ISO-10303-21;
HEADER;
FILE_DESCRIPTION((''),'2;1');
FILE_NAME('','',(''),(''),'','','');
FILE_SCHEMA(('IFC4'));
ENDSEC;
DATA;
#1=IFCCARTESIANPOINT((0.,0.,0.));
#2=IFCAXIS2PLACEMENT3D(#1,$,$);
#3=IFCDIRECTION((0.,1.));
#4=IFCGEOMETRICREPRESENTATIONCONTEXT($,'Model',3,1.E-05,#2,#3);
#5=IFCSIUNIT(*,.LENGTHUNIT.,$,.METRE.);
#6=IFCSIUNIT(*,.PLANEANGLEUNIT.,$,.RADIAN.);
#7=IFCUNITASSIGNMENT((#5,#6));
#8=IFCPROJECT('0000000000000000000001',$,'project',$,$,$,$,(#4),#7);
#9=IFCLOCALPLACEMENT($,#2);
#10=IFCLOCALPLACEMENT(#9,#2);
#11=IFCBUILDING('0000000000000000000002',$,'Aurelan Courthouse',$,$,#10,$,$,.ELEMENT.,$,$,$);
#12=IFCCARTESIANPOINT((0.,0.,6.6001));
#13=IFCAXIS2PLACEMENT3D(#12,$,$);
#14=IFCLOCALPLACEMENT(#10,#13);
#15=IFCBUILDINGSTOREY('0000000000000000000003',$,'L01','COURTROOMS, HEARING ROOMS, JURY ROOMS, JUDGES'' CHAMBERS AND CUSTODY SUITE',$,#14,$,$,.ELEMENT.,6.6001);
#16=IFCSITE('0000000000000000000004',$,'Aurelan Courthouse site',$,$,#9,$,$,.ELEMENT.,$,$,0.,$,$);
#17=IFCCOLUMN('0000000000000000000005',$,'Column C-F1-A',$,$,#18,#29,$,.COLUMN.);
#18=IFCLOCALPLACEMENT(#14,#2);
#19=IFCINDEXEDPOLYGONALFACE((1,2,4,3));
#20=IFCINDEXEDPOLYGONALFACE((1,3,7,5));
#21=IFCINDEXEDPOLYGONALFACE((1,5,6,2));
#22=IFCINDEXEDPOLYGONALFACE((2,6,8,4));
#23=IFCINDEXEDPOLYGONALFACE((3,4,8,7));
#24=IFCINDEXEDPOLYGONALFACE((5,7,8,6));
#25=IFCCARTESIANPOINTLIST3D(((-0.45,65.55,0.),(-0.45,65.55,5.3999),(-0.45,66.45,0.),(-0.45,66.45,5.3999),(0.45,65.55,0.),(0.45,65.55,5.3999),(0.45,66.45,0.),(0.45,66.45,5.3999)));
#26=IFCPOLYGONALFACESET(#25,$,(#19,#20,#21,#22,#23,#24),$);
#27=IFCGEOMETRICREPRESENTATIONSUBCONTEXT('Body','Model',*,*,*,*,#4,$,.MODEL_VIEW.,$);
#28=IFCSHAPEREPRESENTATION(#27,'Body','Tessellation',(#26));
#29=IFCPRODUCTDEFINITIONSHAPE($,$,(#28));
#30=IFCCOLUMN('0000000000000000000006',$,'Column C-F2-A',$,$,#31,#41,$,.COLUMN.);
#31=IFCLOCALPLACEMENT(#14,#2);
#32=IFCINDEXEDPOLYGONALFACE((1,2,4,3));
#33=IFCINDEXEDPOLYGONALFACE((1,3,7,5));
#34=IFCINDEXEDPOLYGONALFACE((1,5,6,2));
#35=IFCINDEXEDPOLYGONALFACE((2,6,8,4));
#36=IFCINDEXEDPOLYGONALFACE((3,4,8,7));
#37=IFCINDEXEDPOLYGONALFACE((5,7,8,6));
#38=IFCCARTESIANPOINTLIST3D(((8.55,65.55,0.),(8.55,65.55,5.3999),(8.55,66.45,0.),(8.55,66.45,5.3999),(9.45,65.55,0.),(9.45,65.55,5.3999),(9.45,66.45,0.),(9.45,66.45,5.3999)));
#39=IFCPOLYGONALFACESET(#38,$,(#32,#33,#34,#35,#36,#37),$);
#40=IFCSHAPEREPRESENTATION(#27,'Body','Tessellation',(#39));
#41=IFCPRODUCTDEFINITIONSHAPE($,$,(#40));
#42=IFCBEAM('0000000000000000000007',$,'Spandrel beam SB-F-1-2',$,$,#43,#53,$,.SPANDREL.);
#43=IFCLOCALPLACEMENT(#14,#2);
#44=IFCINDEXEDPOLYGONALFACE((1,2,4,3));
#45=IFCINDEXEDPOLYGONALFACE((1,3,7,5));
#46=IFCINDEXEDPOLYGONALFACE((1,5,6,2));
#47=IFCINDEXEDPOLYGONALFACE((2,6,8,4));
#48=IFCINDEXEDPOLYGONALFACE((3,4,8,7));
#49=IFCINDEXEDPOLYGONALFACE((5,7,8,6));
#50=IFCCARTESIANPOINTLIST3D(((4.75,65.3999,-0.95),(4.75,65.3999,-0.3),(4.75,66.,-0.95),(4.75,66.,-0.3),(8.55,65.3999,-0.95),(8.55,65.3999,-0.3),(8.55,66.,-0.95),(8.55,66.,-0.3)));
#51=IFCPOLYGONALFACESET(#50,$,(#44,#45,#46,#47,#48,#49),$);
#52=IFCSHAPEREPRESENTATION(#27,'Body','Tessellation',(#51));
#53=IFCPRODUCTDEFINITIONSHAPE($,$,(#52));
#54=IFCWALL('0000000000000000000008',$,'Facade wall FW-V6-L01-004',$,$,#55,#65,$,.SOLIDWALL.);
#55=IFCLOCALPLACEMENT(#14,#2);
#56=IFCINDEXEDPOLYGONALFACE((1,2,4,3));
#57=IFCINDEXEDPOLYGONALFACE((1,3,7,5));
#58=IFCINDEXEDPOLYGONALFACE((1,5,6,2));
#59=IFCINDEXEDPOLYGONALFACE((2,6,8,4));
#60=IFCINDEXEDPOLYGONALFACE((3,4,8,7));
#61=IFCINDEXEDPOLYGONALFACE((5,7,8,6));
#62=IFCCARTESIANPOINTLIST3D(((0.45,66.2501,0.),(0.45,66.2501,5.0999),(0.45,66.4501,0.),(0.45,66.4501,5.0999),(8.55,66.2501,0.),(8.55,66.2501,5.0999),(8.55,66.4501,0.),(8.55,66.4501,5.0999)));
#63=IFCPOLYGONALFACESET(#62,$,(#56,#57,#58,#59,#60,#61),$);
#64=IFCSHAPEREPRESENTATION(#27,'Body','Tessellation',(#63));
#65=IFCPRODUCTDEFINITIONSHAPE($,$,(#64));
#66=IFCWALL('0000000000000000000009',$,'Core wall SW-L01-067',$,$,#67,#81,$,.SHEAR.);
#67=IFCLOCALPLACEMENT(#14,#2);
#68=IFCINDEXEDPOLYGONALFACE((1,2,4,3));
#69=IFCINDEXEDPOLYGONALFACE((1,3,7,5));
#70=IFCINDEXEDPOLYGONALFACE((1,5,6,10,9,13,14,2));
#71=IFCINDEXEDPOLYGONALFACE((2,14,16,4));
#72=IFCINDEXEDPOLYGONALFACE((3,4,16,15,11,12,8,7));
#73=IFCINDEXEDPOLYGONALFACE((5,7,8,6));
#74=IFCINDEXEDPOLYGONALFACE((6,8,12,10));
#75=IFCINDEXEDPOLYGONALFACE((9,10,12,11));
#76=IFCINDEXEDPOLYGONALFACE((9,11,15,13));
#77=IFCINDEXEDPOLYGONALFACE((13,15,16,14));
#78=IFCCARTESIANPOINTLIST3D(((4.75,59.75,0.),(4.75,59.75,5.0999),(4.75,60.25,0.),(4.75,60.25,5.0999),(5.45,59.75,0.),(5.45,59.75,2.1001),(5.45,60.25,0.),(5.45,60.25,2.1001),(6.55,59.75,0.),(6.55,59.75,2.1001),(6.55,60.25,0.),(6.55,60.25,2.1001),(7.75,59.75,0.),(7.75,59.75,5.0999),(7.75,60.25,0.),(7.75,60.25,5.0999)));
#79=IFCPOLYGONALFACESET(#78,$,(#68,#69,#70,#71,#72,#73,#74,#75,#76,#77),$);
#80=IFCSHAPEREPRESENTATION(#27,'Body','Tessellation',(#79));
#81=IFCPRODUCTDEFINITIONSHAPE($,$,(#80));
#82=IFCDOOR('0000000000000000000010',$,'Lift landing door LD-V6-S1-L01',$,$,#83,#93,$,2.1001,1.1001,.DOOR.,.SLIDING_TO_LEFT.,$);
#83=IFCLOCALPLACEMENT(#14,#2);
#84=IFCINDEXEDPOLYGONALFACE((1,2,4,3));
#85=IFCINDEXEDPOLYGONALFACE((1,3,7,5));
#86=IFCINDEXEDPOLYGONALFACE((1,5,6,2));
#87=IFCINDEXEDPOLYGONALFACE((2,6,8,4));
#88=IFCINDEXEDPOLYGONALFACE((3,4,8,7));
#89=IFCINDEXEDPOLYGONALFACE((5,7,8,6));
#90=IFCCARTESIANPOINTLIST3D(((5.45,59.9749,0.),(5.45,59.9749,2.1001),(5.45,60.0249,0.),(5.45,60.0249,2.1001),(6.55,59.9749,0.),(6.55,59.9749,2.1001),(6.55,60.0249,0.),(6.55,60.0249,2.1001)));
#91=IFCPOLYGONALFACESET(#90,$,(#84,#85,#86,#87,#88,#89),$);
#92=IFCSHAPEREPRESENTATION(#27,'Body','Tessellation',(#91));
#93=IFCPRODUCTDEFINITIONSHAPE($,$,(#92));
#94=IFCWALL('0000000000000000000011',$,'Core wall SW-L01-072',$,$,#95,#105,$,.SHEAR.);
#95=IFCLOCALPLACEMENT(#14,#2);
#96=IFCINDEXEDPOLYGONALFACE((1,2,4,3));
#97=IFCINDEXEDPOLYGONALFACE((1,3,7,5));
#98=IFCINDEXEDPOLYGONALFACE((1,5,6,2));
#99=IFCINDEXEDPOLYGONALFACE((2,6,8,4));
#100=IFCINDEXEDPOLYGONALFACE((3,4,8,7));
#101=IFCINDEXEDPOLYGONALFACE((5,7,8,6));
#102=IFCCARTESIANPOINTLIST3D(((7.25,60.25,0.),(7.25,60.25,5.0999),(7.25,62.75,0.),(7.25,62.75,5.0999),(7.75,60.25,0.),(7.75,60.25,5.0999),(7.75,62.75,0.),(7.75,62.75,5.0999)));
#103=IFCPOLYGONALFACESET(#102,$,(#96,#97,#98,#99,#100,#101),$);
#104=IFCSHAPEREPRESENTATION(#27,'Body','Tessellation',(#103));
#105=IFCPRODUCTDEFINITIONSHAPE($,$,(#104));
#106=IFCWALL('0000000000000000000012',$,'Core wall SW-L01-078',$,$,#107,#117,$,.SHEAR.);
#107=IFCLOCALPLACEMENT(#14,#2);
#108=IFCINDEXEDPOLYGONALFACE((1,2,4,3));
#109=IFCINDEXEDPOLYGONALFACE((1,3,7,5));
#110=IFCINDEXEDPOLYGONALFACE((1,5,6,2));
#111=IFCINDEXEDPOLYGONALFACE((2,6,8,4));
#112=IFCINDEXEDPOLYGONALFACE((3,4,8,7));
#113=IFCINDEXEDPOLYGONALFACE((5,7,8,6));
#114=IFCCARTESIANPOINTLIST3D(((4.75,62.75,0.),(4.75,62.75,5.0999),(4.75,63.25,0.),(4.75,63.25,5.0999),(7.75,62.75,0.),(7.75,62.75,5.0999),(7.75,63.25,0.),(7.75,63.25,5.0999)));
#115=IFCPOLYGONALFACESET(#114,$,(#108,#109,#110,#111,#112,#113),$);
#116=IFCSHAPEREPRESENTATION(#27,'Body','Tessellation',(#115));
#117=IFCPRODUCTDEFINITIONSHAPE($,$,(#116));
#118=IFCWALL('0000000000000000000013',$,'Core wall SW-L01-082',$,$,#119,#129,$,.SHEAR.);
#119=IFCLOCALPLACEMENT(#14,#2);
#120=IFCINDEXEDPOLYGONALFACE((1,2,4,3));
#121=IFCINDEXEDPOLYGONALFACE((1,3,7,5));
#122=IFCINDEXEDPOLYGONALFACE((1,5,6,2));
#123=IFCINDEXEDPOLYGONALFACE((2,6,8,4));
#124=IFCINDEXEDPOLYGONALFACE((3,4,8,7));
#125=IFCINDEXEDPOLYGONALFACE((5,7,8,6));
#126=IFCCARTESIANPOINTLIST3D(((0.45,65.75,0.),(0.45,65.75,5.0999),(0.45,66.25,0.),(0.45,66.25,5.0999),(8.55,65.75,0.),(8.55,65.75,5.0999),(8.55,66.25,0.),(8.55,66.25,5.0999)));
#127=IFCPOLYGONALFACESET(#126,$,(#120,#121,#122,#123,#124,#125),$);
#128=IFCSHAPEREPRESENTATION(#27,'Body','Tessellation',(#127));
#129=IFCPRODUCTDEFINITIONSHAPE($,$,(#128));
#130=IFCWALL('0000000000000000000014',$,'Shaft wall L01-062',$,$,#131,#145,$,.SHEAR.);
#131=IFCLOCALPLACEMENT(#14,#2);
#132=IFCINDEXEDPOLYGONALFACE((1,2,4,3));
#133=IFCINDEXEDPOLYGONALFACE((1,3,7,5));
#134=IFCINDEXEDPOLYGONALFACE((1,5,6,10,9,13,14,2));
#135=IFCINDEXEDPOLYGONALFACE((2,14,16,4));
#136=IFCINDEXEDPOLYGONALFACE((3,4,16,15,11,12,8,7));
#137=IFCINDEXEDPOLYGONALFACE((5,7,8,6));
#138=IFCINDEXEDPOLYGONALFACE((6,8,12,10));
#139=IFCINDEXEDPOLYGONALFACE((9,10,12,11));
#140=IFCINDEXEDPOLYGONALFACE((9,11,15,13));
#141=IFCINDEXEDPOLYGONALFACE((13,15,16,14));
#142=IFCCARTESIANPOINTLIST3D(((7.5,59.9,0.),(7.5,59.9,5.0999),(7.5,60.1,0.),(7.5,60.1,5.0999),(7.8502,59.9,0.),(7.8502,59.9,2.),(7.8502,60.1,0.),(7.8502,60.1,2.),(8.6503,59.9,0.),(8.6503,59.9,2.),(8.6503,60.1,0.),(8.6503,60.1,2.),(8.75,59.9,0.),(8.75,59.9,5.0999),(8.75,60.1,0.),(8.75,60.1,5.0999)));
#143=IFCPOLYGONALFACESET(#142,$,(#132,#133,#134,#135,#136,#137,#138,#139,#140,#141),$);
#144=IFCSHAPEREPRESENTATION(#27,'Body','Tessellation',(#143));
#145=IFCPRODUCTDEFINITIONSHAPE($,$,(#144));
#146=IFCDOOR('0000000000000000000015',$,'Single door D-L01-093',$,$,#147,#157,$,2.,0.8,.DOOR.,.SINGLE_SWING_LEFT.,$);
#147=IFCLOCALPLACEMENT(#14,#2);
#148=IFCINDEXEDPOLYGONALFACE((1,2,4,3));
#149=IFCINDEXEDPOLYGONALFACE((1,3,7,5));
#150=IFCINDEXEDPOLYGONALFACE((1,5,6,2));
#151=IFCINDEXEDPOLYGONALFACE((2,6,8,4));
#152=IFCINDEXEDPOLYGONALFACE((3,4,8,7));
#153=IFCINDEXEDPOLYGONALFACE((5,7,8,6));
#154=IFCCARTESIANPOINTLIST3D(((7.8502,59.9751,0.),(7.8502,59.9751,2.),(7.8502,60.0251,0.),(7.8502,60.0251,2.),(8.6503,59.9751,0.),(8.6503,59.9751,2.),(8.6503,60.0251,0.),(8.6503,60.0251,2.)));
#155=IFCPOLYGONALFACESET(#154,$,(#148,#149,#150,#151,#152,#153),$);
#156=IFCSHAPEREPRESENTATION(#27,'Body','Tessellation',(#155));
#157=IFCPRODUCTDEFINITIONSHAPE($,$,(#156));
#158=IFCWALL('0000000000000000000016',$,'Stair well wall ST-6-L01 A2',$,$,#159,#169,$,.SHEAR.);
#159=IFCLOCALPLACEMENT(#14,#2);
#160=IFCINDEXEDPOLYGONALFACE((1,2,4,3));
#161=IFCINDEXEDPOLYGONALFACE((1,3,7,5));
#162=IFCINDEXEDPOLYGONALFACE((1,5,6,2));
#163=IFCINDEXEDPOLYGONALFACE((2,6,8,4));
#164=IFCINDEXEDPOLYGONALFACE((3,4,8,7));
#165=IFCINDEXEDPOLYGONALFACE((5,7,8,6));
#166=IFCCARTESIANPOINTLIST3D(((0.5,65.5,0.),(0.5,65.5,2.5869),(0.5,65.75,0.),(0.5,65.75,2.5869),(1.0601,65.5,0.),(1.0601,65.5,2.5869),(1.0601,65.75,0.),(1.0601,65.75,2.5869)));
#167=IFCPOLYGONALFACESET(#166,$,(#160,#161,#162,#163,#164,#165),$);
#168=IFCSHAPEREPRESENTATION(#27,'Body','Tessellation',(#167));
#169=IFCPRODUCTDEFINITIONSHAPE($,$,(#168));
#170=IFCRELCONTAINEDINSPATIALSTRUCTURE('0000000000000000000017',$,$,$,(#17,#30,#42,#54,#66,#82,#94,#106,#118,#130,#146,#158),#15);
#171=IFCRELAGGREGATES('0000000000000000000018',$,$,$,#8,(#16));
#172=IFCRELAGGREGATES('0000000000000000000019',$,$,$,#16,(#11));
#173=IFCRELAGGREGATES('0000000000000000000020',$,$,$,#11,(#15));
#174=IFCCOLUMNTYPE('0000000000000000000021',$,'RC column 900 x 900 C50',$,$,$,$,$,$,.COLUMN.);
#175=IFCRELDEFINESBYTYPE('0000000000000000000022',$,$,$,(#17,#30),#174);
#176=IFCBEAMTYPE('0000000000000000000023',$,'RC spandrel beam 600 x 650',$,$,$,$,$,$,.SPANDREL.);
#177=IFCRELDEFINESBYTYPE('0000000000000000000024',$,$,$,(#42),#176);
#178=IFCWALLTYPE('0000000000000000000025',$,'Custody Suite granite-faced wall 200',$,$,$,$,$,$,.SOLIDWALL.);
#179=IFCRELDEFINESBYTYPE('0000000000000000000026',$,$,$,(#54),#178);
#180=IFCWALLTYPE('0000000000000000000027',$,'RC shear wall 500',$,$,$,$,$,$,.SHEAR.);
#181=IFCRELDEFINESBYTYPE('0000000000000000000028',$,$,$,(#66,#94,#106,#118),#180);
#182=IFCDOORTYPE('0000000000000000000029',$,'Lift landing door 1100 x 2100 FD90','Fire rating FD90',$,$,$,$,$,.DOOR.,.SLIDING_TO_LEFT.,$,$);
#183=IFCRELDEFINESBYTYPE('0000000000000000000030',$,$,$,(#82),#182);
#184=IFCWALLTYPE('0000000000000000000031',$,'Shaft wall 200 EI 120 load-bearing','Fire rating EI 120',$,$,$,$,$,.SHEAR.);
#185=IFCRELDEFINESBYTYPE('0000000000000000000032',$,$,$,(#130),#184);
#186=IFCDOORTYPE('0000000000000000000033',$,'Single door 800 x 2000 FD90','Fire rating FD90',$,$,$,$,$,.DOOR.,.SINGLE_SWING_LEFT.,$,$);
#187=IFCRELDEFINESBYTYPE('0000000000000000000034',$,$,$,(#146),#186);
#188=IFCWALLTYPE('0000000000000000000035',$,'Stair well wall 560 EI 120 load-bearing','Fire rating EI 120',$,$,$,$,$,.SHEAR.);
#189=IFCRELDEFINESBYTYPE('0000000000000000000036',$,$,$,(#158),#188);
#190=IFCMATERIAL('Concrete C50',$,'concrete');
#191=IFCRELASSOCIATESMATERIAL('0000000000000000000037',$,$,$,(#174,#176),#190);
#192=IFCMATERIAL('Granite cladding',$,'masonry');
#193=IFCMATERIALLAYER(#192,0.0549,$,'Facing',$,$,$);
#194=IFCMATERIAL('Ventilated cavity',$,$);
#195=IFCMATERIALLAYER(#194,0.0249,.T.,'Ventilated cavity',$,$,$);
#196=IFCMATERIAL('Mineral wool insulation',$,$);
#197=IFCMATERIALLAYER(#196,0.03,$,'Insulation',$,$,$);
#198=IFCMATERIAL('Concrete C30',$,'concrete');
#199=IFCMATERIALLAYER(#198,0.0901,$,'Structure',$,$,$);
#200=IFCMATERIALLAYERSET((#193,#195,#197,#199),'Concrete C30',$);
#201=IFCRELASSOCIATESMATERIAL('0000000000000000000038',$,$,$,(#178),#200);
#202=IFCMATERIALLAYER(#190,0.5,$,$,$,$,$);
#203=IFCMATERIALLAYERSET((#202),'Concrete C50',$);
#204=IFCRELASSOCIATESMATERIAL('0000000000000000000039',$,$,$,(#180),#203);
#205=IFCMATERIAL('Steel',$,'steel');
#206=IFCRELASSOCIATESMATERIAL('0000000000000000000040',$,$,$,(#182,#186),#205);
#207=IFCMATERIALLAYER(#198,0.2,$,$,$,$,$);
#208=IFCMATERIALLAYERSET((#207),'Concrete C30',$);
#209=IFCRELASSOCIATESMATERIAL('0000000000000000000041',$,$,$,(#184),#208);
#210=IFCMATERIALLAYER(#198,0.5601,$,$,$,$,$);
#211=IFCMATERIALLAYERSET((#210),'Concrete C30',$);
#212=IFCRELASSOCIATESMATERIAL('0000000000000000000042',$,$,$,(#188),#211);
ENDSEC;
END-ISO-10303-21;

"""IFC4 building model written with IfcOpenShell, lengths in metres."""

from ifc_helpers import new_model, si_unit, direction, frame, frame_2d, origin, origin_2d, place, context, subcontext, project, spatial, rectangle, extrude, material, layer, layer_set, material_profile, profile_set, type_object, element, fill, save


model = new_model("IFC4")

# Units and contexts
model_context = context("Model", 3, precision=1e-05, world=origin(), true_north=direction((0.0, 1.0)))
body_context = subcontext(model_context, "Body", "Model", "MODEL_VIEW")
ifc_project = project(units=[si_unit("LENGTHUNIT", "METRE"), si_unit("PLANEANGLEUNIT", "RADIAN")], contexts=[model_context])

# Site, building, storey
site_placement = place(None, origin())
site = spatial("IfcSite", under=ifc_project, at=site_placement, Name="Aurelan Courthouse site", CompositionType="ELEMENT", RefElevation=0.0)
building_placement = place(site_placement, origin())
building = spatial("IfcBuilding", under=site, at=building_placement, Name="Aurelan Courthouse", CompositionType="ELEMENT")
storey_placement = place(building_placement, frame((0.0, 0.0, 6.6001)))
storey = spatial("IfcBuildingStorey", under=building, at=storey_placement, Name="L01", Description="COURTROOMS, HEARING ROOMS, JURY ROOMS, JUDGES' CHAMBERS AND CUSTODY SUITE", CompositionType="ELEMENT", Elevation=6.6001)

# Columns
ifc_material_1 = material(Name="Concrete C50", Category="concrete")
ifc_material_profile_1 = material_profile(ifc_material_1, rectangle(XDim=0.8999, YDim=0.8999, at=origin_2d()), Name="RC 900 x 900")
ifc_profile_set_1 = profile_set([ifc_material_profile_1], Name="Concrete C50")
column_type = type_object("IfcColumnType", Name="RC column 900 x 900 C50", PredefinedType="COLUMN", material=ifc_profile_set_1)
for number, where, z_axis, x_axis, name in (
    (1, (0.0, 66.0, 0.0), (0.0, 0.0, 1.0), (1.0, 0.0, 0.0), "Column C-F1-A"),
    (2, (9.0, 66.0, 0.0), (0.0, 0.0, 1.0), (1.0, 0.0, 0.0), "Column C-F2-A"),
):
    element("IfcColumn", number, at=place(storey_placement, frame(where, z_axis=z_axis, x_axis=x_axis)), inside=storey, type_object=column_type, Name=name, PredefinedType="COLUMN", context=body_context, shape_type="SweptSolid", body=[
        extrude(rectangle(XDim=0.8999, YDim=0.8999, at=origin_2d()), origin(), (0.0, 0.0, 1.0), 5.3999),
    ])

# Beam
ifc_material_profile_2 = material_profile(ifc_material_1, rectangle(XDim=0.6001, YDim=0.6499, at=origin_2d()), Name="RC 600 x 650")
ifc_profile_set_2 = profile_set([ifc_material_profile_2], Name="Concrete C50")
beam_type = type_object("IfcBeamType", Name="RC spandrel beam 600 x 650", PredefinedType="SPANDREL", material=ifc_profile_set_2)
beam_placement = place(storey_placement, frame((4.75, 65.7, -0.625), z_axis=(1.0, 0.0, 0.0), x_axis=(0.0, 1.0, 0.0)))
element("IfcBeam", 3, at=beam_placement, inside=storey, type_object=beam_type, Name="Spandrel beam SB-F-1-2", PredefinedType="SPANDREL", context=body_context, shape_type="SweptSolid", body=[
    extrude(rectangle(XDim=0.6001, YDim=0.6499, at=origin_2d()), origin(), (0.0, 0.0, 1.0), 3.8),
])

# Wall
ifc_material_2 = material(Name="Granite cladding", Category="masonry")
ifc_layer_1 = layer(ifc_material_2, 0.0549, Name="Facing")
ifc_material_3 = material(Name="Ventilated cavity")
ifc_layer_2 = layer(ifc_material_3, 0.0249, ventilated=True, Name="Ventilated cavity")
ifc_material_4 = material(Name="Mineral wool insulation")
ifc_layer_3 = layer(ifc_material_4, 0.03, Name="Insulation")
ifc_material_5 = material(Name="Concrete C30", Category="concrete")
ifc_layer_4 = layer(ifc_material_5, 0.0901, Name="Structure")
ifc_layer_set_1 = layer_set([ifc_layer_1, ifc_layer_2, ifc_layer_3, ifc_layer_4], Name="Concrete C30")
wall_type_1 = type_object("IfcWallType", Name="Custody Suite granite-faced wall 200", PredefinedType="SOLIDWALL", material=ifc_layer_set_1)
wall_1_placement = place(storey_placement, frame((0.45, 66.3501, 0.0), z_axis=(0.0, 0.0, 1.0), x_axis=(1.0, 0.0, 0.0)))
element("IfcWall", 4, at=wall_1_placement, inside=storey, type_object=wall_type_1, Name="Facade wall FW-V6-L01-004", PredefinedType="SOLIDWALL", context=body_context, shape_type="SweptSolid", body=[
    extrude(rectangle(XDim=8.1001, YDim=0.2, at=frame_2d((4.05, 0.0))), origin(), (0.0, 0.0, 1.0), 5.0999),
])

# Wall, opening, door
ifc_layer_5 = layer(ifc_material_1, 0.5)
ifc_layer_set_2 = layer_set([ifc_layer_5], Name="Concrete C50")
wall_type_2 = type_object("IfcWallType", Name="RC shear wall 500", PredefinedType="SHEAR", material=ifc_layer_set_2)
wall_2_placement = place(storey_placement, frame((4.75, 60.0, 0.0), z_axis=(0.0, 0.0, 1.0), x_axis=(1.0, 0.0, 0.0)))
wall_2 = element("IfcWall", 5, at=wall_2_placement, inside=storey, type_object=wall_type_2, Name="Core wall SW-L01-067", PredefinedType="SHEAR", context=body_context, shape_type="SweptSolid", body=[
    extrude(rectangle(XDim=3.0, YDim=0.5, at=frame_2d((1.5, 0.0))), origin(), (0.0, 0.0, 1.0), 5.0999),
])
opening_1_placement = place(wall_2_placement, frame((0.7, 0.0, 0.0)))
opening_1 = element("IfcOpeningElement", 6, at=opening_1_placement, cuts=wall_2, PredefinedType="OPENING", context=body_context, shape_type="SweptSolid", body=[
    extrude(rectangle(XDim=1.1001, YDim=2.1001, at=frame_2d((0.55, 1.05))), frame((0.0, 0.26, 0.0), z_axis=(0.0, -1.0, 0.0), x_axis=(1.0, 0.0, 0.0)), (0.0, 0.0, 1.0), 0.52),
])
ifc_material_6 = material(Name="Steel", Category="steel")
door_type_1 = type_object("IfcDoorType", Name="Lift landing door 1100 x 2100 FD90", Description="Fire rating FD90", OperationType="SLIDING_TO_LEFT", PredefinedType="DOOR", material=ifc_material_6)
door_1_placement = place(opening_1_placement, origin())
door_1 = element("IfcDoor", 7, at=door_1_placement, inside=storey, type_object=door_type_1, Name="Lift landing door LD-V6-S1-L01", OperationType="SLIDING_TO_LEFT", OverallHeight=2.1001, OverallWidth=1.1001, PredefinedType="DOOR", context=body_context, shape_type="SweptSolid", body=[
    extrude(rectangle(XDim=1.1001, YDim=2.1001, at=frame_2d((0.55, 1.05))), frame((0.0, 0.0249, 0.0), z_axis=(0.0, -1.0, 0.0), x_axis=(1.0, 0.0, 0.0)), (0.0, 0.0, 1.0), 0.05),
])
fill(opening_1, door_1)

# Walls
wall_3_placement = place(storey_placement, frame((7.5, 60.25, 0.0), z_axis=(0.0, 0.0, 1.0), x_axis=(0.0, 1.0, 0.0)))
element("IfcWall", 8, at=wall_3_placement, inside=storey, type_object=wall_type_2, Name="Core wall SW-L01-072", PredefinedType="SHEAR", context=body_context, shape_type="SweptSolid", body=[
    extrude(rectangle(XDim=2.5, YDim=0.5, at=frame_2d((1.25, 0.0))), origin(), (0.0, 0.0, 1.0), 5.0999),
])
wall_4_placement = place(storey_placement, frame((4.75, 63.0, 0.0), z_axis=(0.0, 0.0, 1.0), x_axis=(1.0, 0.0, 0.0)))
element("IfcWall", 9, at=wall_4_placement, inside=storey, type_object=wall_type_2, Name="Core wall SW-L01-078", PredefinedType="SHEAR", context=body_context, shape_type="SweptSolid", body=[
    extrude(rectangle(XDim=3.0, YDim=0.5, at=frame_2d((1.5, 0.0))), origin(), (0.0, 0.0, 1.0), 5.0999),
])
wall_5_placement = place(storey_placement, frame((0.45, 66.0, 0.0), z_axis=(0.0, 0.0, 1.0), x_axis=(1.0, 0.0, 0.0)))
element("IfcWall", 10, at=wall_5_placement, inside=storey, type_object=wall_type_2, Name="Core wall SW-L01-082", PredefinedType="SHEAR", context=body_context, shape_type="SweptSolid", body=[
    extrude(rectangle(XDim=8.1001, YDim=0.5, at=frame_2d((4.05, 0.0))), origin(), (0.0, 0.0, 1.0), 5.0999),
])

# Wall, opening, door
ifc_layer_6 = layer(ifc_material_5, 0.2)
ifc_layer_set_3 = layer_set([ifc_layer_6], Name="Concrete C30")
wall_type_3 = type_object("IfcWallType", Name="Shaft wall 200 EI 120 load-bearing", Description="Fire rating EI 120", PredefinedType="SHEAR", material=ifc_layer_set_3)
wall_6_placement = place(storey_placement, frame((7.5, 60.0, 0.0), z_axis=(0.0, 0.0, 1.0), x_axis=(1.0, 0.0, 0.0)))
wall_6 = element("IfcWall", 11, at=wall_6_placement, inside=storey, type_object=wall_type_3, Name="Shaft wall L01-062", PredefinedType="SHEAR", context=body_context, shape_type="SweptSolid", body=[
    extrude(rectangle(XDim=1.25, YDim=0.2, at=frame_2d((0.625, 0.0))), origin(), (0.0, 0.0, 1.0), 5.0999),
])
opening_2_placement = place(wall_6_placement, frame((1.1501, 0.0, 0.0), z_axis=(0.0, 0.0, 1.0), x_axis=(-1.0, 0.0, 0.0)))
opening_2 = element("IfcOpeningElement", 12, at=opening_2_placement, cuts=wall_6, PredefinedType="OPENING", context=body_context, shape_type="SweptSolid", body=[
    extrude(rectangle(XDim=0.8, YDim=2.0, at=frame_2d((0.3999, 1.0))), frame((0.0, 0.1099, 0.0), z_axis=(0.0, -1.0, 0.0), x_axis=(1.0, 0.0, 0.0)), (0.0, 0.0, 1.0), 0.22),
])
door_type_2 = type_object("IfcDoorType", Name="Single door 800 x 2000 FD90", Description="Fire rating FD90", OperationType="SINGLE_SWING_LEFT", PredefinedType="DOOR", material=ifc_material_6)
door_2_placement = place(opening_2_placement, origin())
door_2 = element("IfcDoor", 13, at=door_2_placement, inside=storey, type_object=door_type_2, Name="Single door D-L01-093", OperationType="SINGLE_SWING_LEFT", OverallHeight=2.0, OverallWidth=0.8, PredefinedType="DOOR", context=body_context, shape_type="SweptSolid", body=[
    extrude(rectangle(XDim=0.8, YDim=2.0, at=frame_2d((0.3999, 1.0))), frame((0.0, 0.0249, 0.0), z_axis=(0.0, -1.0, 0.0), x_axis=(1.0, 0.0, 0.0)), (0.0, 0.0, 1.0), 0.05),
])
fill(opening_2, door_2)

# Wall
ifc_layer_7 = layer(ifc_material_5, 0.5601)
ifc_layer_set_4 = layer_set([ifc_layer_7], Name="Concrete C30")
wall_type_4 = type_object("IfcWallType", Name="Stair well wall 560 EI 120 load-bearing", Description="Fire rating EI 120", PredefinedType="SHEAR", material=ifc_layer_set_4)
wall_7_placement = place(storey_placement, frame((0.78, 65.5, 0.0), z_axis=(0.0, 0.0, 1.0), x_axis=(0.0, 1.0, 0.0)))
element("IfcWall", 14, at=wall_7_placement, inside=storey, type_object=wall_type_4, Name="Stair well wall ST-6-L01 A2", PredefinedType="SHEAR", context=body_context, shape_type="SweptSolid", body=[
    extrude(rectangle(XDim=0.25, YDim=0.5601, at=frame_2d((0.125, 0.0))), origin(), (0.0, 0.0, 1.0), 2.5869),
])

save(model, "model.ifc")
